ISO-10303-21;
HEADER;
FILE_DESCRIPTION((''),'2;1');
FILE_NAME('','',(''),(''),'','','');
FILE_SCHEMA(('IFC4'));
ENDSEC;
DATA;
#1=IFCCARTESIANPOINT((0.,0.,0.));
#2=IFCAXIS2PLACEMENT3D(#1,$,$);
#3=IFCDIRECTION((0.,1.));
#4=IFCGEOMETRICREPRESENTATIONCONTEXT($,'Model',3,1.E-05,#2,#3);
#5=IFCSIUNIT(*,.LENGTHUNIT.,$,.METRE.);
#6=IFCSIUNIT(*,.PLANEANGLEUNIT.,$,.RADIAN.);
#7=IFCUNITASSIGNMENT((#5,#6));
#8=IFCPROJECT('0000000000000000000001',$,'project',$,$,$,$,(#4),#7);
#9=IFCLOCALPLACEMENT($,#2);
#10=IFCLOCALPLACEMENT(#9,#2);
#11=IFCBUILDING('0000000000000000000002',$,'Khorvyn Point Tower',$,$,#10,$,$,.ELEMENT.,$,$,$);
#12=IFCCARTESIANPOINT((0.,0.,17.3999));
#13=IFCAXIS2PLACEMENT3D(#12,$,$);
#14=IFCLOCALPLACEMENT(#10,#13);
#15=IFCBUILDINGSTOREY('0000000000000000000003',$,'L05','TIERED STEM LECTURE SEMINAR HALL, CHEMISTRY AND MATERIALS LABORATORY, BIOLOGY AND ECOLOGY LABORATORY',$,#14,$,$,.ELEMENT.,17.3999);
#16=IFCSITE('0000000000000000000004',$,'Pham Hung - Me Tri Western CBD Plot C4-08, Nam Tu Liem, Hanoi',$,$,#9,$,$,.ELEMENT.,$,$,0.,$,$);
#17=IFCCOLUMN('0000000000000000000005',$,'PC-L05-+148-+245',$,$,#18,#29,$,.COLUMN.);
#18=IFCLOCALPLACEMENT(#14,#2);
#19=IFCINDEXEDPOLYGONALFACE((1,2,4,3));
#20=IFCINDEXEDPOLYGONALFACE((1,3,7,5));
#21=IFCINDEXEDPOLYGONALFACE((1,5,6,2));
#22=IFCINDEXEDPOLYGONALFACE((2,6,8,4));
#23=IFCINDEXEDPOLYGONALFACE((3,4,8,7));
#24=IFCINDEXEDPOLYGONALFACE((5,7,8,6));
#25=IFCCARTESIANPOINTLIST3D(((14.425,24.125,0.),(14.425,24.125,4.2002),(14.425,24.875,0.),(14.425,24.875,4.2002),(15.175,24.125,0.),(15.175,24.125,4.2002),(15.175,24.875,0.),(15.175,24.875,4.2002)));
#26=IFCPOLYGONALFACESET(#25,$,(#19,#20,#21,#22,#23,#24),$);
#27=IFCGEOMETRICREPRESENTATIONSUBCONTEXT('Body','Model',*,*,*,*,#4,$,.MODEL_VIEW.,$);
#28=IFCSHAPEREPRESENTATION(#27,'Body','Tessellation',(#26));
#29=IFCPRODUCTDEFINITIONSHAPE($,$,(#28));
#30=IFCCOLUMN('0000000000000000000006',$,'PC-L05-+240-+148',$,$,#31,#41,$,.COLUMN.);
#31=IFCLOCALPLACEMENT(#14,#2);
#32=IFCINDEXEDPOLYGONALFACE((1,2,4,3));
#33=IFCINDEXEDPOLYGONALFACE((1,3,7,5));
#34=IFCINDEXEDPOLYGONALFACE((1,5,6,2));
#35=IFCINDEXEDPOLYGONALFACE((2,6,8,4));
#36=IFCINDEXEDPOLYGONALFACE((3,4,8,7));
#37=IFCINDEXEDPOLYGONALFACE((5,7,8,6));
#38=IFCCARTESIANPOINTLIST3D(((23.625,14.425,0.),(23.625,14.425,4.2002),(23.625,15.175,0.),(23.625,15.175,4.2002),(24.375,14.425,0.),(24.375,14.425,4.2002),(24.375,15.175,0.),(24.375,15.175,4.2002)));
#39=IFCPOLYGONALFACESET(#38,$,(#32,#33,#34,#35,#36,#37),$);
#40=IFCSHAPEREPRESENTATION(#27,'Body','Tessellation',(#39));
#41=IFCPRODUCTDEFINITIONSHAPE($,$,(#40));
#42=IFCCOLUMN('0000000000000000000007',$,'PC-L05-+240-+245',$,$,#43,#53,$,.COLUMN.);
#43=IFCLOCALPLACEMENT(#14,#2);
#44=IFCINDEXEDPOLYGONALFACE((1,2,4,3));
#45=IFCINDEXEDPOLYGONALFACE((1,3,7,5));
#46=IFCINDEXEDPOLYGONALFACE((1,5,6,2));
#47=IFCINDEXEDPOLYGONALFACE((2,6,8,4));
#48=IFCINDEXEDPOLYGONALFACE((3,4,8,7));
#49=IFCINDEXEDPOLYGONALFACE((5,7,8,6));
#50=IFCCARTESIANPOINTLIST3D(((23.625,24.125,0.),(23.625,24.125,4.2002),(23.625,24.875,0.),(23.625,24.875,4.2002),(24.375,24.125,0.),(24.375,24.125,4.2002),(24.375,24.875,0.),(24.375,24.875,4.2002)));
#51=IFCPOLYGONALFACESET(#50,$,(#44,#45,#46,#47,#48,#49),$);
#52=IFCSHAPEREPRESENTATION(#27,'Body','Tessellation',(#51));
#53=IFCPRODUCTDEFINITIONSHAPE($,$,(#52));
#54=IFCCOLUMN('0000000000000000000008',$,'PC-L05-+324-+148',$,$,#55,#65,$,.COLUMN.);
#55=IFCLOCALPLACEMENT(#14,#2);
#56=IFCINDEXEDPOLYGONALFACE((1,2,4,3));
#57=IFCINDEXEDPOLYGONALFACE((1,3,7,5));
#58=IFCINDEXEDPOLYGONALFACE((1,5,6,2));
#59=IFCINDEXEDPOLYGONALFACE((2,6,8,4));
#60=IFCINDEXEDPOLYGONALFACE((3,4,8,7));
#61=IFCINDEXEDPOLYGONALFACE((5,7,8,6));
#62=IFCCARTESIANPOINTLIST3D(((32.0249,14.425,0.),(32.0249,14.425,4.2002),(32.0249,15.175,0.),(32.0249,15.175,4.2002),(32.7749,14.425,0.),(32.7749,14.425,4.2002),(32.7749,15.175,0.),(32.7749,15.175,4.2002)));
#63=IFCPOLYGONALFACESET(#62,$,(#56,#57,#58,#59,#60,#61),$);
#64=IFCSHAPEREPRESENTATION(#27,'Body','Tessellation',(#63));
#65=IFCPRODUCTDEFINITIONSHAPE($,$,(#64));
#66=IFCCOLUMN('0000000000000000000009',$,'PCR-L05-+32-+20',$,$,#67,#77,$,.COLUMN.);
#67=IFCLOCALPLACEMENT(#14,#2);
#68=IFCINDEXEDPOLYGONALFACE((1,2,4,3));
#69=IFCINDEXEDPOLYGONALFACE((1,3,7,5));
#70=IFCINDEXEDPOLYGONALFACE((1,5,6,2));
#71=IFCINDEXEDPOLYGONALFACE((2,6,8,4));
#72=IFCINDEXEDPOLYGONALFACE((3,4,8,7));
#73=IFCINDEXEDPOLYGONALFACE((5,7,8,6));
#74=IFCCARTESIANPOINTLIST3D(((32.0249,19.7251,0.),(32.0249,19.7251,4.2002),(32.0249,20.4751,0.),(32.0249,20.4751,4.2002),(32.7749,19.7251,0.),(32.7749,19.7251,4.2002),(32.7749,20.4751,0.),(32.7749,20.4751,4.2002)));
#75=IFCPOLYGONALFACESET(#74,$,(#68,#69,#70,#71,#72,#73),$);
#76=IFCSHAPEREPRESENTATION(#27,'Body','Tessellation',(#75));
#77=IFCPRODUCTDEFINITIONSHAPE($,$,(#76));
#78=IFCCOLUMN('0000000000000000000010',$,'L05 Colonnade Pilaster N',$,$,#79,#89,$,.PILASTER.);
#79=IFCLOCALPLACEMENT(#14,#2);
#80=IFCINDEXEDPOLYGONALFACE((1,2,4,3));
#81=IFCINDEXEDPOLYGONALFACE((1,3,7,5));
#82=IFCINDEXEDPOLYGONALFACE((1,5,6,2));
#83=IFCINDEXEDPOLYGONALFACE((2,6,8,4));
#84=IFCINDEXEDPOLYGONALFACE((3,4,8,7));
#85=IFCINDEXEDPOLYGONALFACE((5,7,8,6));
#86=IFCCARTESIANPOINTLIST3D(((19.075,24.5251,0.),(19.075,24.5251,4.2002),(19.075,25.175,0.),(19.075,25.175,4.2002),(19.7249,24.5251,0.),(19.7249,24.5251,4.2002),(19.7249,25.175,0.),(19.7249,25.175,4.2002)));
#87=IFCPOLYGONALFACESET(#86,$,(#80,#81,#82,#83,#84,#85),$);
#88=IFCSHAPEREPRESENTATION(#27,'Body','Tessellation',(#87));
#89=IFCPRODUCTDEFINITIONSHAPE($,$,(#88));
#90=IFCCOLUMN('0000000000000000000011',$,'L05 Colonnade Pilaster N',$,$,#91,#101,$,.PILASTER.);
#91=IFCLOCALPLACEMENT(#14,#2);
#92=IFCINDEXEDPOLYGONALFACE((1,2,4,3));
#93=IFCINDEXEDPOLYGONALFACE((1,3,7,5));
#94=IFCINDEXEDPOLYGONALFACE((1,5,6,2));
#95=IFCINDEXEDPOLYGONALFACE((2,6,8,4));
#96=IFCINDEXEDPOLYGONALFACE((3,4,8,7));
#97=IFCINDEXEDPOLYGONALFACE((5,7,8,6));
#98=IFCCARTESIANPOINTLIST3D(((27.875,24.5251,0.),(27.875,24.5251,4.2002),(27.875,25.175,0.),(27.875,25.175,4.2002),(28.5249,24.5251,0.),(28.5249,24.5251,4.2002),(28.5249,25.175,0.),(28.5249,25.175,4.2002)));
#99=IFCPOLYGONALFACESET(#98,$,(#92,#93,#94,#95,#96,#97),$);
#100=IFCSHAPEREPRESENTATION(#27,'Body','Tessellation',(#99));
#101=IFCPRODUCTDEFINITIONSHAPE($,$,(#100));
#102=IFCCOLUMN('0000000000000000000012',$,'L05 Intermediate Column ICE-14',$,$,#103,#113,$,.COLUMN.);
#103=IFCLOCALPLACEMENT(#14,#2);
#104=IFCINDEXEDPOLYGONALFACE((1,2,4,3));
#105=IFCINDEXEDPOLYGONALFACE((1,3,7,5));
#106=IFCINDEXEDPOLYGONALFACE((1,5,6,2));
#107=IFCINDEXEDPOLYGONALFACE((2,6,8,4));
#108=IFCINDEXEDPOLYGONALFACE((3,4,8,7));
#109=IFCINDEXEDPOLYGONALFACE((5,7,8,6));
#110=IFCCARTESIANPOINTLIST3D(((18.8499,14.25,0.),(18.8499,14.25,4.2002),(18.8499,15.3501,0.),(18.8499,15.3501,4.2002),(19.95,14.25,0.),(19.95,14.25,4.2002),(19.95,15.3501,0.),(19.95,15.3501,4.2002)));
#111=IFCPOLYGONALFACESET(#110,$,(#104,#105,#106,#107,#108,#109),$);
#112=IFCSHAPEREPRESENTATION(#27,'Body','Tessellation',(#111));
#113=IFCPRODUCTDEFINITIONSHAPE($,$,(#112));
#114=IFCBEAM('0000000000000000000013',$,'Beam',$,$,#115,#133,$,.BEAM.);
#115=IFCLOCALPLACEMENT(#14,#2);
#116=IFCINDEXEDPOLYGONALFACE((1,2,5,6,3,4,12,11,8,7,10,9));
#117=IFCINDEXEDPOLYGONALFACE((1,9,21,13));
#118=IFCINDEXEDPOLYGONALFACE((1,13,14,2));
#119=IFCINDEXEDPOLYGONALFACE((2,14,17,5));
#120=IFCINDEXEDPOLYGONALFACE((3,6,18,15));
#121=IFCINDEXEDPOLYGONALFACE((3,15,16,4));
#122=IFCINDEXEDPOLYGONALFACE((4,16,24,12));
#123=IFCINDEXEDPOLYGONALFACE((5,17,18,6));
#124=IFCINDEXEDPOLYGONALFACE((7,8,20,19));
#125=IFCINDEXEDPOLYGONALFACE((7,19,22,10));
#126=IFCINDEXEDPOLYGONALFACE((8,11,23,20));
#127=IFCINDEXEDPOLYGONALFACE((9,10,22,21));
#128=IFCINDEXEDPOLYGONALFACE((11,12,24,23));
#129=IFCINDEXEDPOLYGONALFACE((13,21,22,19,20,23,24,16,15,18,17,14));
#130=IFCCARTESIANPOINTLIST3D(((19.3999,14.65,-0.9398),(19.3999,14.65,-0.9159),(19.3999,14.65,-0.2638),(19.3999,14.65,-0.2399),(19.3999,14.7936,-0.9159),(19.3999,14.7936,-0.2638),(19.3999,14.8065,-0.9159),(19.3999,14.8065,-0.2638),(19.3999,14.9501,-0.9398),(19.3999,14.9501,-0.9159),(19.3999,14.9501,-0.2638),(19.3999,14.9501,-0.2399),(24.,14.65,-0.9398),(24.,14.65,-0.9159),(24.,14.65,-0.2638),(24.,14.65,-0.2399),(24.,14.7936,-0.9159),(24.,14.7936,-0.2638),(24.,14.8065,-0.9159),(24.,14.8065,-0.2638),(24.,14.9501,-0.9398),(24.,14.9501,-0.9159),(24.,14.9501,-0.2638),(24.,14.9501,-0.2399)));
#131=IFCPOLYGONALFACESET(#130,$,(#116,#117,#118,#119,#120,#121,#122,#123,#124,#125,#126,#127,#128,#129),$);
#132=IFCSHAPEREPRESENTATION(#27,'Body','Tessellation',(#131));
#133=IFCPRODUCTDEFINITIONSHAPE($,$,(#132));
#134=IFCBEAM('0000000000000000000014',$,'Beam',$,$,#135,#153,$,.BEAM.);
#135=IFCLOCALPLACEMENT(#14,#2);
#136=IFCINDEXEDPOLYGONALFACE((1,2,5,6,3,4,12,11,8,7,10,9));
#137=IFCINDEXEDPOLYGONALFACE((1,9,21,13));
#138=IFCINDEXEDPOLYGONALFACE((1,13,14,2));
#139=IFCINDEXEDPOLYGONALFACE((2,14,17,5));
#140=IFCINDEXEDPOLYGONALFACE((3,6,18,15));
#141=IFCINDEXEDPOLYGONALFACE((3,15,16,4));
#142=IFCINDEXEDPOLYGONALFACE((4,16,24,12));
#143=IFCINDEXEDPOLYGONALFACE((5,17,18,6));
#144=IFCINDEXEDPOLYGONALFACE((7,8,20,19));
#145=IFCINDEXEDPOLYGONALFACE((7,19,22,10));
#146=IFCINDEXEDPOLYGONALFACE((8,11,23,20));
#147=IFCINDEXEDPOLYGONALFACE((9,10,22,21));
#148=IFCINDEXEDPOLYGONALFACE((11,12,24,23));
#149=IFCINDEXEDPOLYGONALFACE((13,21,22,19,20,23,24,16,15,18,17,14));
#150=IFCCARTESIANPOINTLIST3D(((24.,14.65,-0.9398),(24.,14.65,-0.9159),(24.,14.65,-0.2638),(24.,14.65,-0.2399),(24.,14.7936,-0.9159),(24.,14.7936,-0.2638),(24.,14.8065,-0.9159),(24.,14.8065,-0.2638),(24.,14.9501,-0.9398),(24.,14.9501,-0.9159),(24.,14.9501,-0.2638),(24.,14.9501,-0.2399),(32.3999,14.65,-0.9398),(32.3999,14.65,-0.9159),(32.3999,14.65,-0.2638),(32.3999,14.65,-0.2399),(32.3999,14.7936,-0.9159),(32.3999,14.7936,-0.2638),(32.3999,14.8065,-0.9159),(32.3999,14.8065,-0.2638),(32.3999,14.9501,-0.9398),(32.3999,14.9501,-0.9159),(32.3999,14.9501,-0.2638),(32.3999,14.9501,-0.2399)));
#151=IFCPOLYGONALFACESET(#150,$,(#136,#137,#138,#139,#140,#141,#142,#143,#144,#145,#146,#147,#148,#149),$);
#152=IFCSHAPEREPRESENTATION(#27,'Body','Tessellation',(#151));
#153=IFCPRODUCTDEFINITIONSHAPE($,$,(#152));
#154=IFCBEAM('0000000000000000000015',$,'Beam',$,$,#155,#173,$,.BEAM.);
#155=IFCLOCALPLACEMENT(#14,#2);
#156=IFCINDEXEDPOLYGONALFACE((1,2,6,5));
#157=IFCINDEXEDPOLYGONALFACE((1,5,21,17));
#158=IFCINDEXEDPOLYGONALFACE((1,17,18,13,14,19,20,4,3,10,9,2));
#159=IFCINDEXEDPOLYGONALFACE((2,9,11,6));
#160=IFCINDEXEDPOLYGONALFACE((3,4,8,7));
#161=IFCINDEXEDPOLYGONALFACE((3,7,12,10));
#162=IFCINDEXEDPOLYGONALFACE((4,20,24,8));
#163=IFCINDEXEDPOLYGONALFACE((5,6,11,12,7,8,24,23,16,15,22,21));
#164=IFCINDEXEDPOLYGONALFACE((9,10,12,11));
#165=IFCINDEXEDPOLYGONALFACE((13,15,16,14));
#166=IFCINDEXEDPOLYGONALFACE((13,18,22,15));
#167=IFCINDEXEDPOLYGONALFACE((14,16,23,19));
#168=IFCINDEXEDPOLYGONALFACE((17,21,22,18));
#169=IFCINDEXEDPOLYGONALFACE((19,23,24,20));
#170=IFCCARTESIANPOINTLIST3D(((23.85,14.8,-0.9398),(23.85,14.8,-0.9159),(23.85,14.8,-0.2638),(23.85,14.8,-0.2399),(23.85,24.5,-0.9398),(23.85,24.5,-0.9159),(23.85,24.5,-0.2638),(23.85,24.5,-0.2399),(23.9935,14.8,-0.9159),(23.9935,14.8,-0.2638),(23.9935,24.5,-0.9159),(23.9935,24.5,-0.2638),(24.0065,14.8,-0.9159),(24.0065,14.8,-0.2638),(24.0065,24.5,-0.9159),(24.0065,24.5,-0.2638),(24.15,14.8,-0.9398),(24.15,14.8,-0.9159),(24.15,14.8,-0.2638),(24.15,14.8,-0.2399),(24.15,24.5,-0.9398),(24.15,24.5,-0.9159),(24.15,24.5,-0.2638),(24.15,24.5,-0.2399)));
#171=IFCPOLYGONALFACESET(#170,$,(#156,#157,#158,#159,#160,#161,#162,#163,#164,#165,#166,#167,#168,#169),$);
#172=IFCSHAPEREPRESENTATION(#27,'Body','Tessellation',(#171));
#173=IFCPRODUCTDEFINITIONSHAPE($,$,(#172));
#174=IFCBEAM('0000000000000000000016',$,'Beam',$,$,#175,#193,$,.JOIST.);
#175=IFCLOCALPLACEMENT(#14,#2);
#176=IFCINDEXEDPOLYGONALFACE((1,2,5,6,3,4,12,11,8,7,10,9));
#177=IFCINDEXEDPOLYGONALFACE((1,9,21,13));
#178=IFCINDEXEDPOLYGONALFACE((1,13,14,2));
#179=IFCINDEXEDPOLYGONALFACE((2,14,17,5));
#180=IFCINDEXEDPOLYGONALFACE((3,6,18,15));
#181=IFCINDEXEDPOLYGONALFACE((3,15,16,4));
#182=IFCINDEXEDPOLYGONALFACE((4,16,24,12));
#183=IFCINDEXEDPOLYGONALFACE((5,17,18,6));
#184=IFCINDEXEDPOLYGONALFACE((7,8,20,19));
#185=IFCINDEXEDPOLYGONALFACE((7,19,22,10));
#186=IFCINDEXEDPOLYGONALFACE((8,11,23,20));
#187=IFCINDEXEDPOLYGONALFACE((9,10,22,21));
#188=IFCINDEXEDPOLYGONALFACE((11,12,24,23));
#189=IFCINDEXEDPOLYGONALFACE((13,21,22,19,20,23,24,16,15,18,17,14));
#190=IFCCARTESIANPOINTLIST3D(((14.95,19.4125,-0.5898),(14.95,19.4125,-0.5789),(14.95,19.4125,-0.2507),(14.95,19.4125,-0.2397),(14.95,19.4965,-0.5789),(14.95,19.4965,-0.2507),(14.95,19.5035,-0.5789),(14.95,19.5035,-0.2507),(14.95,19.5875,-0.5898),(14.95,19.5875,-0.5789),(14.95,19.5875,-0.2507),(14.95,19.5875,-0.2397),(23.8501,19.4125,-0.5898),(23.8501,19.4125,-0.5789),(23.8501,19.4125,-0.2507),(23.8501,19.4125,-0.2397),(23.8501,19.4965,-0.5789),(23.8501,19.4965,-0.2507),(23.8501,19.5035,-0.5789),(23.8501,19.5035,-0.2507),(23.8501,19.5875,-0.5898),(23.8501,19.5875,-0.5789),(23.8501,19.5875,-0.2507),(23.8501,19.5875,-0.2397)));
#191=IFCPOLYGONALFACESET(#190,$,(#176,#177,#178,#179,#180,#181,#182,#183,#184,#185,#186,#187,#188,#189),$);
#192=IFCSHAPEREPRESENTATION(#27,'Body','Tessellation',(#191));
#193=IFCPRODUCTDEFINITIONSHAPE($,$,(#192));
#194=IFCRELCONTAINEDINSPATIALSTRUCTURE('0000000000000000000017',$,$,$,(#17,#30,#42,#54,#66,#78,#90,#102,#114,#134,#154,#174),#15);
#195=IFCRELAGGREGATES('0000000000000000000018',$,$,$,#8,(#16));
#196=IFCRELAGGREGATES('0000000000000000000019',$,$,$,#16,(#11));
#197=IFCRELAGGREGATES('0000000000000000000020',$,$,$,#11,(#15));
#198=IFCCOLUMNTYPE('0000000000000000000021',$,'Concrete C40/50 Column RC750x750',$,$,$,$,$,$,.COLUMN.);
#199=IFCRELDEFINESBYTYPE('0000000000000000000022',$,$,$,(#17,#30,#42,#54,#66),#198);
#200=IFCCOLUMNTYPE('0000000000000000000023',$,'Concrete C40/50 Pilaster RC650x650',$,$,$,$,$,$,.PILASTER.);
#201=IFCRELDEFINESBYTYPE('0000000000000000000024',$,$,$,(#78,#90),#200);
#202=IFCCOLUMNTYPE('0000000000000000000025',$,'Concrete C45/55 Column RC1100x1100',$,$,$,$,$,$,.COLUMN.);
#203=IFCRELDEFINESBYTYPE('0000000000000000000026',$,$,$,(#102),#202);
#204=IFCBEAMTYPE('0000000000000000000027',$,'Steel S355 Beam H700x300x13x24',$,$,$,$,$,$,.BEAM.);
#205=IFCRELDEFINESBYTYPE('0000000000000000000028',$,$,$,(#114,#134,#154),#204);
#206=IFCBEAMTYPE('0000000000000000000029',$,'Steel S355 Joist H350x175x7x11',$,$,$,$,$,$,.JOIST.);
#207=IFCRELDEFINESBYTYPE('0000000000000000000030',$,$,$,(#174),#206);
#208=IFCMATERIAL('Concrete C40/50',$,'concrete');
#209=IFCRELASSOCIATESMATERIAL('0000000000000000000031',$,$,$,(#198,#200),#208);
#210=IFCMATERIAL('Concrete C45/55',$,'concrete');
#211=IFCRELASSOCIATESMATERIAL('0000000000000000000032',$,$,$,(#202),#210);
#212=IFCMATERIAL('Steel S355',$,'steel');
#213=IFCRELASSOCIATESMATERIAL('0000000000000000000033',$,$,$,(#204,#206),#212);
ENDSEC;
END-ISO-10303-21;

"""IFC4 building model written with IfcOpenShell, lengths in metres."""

from ifc_helpers import new_model, si_unit, direction, frame, origin, origin_2d, place, context, subcontext, project, spatial, rectangle, i_section, extrude, material, material_profile, profile_set, type_object, element, save


model = new_model("IFC4")

# Units and contexts
model_context = context("Model", 3, precision=1e-05, world=origin(), true_north=direction((0.0, 1.0)))
body_context = subcontext(model_context, "Body", "Model", "MODEL_VIEW")
ifc_project = project(units=[si_unit("LENGTHUNIT", "METRE"), si_unit("PLANEANGLEUNIT", "RADIAN")], contexts=[model_context])

# Site, building, storey
site_placement = place(None, origin())
site = spatial("IfcSite", under=ifc_project, at=site_placement, Name="Pham Hung - Me Tri Western CBD Plot C4-08, Nam Tu Liem, Hanoi", CompositionType="ELEMENT", RefElevation=0.0)
building_placement = place(site_placement, origin())
building = spatial("IfcBuilding", under=site, at=building_placement, Name="Khorvyn Point Tower", CompositionType="ELEMENT")
storey_placement = place(building_placement, frame((0.0, 0.0, 17.3999)))
storey = spatial("IfcBuildingStorey", under=building, at=storey_placement, Name="L05", Description="TIERED STEM LECTURE SEMINAR HALL, CHEMISTRY AND MATERIALS LABORATORY, BIOLOGY AND ECOLOGY LABORATORY", CompositionType="ELEMENT", Elevation=17.3999)

# Columns
ifc_material_1 = material(Name="Concrete C40/50", Category="concrete")
ifc_material_profile_1 = material_profile(ifc_material_1, rectangle(XDim=0.75, YDim=0.75, at=origin_2d()))
ifc_profile_set_1 = profile_set([ifc_material_profile_1], Name="Concrete C40/50 RC750x750")
column_type_1 = type_object("IfcColumnType", Name="Concrete C40/50 Column RC750x750", PredefinedType="COLUMN", material=ifc_profile_set_1)
for number, where, z_axis, x_axis, name in (
    (1, (14.8, 24.5, 0.0), (0.0, 0.0, 1.0), (1.0, 0.0, 0.0), "PC-L05-+148-+245"),
    (2, (24.0, 14.8, 0.0), (0.0, 0.0, 1.0), (1.0, 0.0, 0.0), "PC-L05-+240-+148"),
    (3, (24.0, 24.5, 0.0), (0.0, 0.0, 1.0), (1.0, 0.0, 0.0), "PC-L05-+240-+245"),
    (4, (32.3999, 14.8, 0.0), (0.0, 0.0, 1.0), (1.0, 0.0, 0.0), "PC-L05-+324-+148"),
    (5, (32.3999, 20.1001, 0.0), (0.0, 0.0, 1.0), (1.0, 0.0, 0.0), "PCR-L05-+32-+20"),
):
    element("IfcColumn", number, at=place(storey_placement, frame(where, z_axis=z_axis, x_axis=x_axis)), inside=storey, type_object=column_type_1, Name=name, PredefinedType="COLUMN", context=body_context, shape_type="SweptSolid", body=[
        extrude(rectangle(XDim=0.75, YDim=0.75, at=origin_2d()), origin(), (0.0, 0.0, 1.0), 4.2002),
    ])
ifc_material_profile_2 = material_profile(ifc_material_1, rectangle(XDim=0.6499, YDim=0.6499, at=origin_2d()))
ifc_profile_set_2 = profile_set([ifc_material_profile_2], Name="Concrete C40/50 RC650x650")
column_type_2 = type_object("IfcColumnType", Name="Concrete C40/50 Pilaster RC650x650", PredefinedType="PILASTER", material=ifc_profile_set_2)
for number, where, z_axis, x_axis, name in (
    (6, (19.3999, 24.8501, 0.0), (0.0, 0.0, 1.0), (1.0, 0.0, 0.0), "L05 Colonnade Pilaster N"),
    (7, (28.2, 24.8501, 0.0), (0.0, 0.0, 1.0), (1.0, 0.0, 0.0), "L05 Colonnade Pilaster N"),
):
    element("IfcColumn", number, at=place(storey_placement, frame(where, z_axis=z_axis, x_axis=x_axis)), inside=storey, type_object=column_type_2, Name=name, PredefinedType="PILASTER", context=body_context, shape_type="SweptSolid", body=[
        extrude(rectangle(XDim=0.6499, YDim=0.6499, at=origin_2d()), origin(), (0.0, 0.0, 1.0), 4.2002),
    ])
ifc_material_2 = material(Name="Concrete C45/55", Category="concrete")
ifc_material_profile_3 = material_profile(ifc_material_2, rectangle(XDim=1.1001, YDim=1.1001, at=origin_2d()))
ifc_profile_set_3 = profile_set([ifc_material_profile_3], Name="Concrete C45/55 RC1100x1100")
column_type_3 = type_object("IfcColumnType", Name="Concrete C45/55 Column RC1100x1100", PredefinedType="COLUMN", material=ifc_profile_set_3)
column_placement = place(storey_placement, frame((19.3999, 14.8, 0.0), z_axis=(0.0, 0.0, 1.0), x_axis=(1.0, 0.0, 0.0)))
element("IfcColumn", 8, at=column_placement, inside=storey, type_object=column_type_3, Name="L05 Intermediate Column ICE-14", PredefinedType="COLUMN", context=body_context, shape_type="SweptSolid", body=[
    extrude(rectangle(XDim=1.1001, YDim=1.1001, at=origin_2d()), origin(), (0.0, 0.0, 1.0), 4.2002),
])

# Beams
ifc_material_3 = material(Name="Steel S355", Category="steel")
ifc_material_profile_4 = material_profile(ifc_material_3, i_section(OverallWidth=0.3, OverallDepth=0.7, WebThickness=0.0129, FlangeThickness=0.0239, at=origin_2d()))
ifc_profile_set_4 = profile_set([ifc_material_profile_4], Name="Steel S355 H700x300x13x24")
beam_type_1 = type_object("IfcBeamType", Name="Steel S355 Beam H700x300x13x24", PredefinedType="BEAM", material=ifc_profile_set_4)
beam_1_placement = place(storey_placement, frame((19.3999, 14.8, -0.5898), z_axis=(1.0, 0.0, 0.0), x_axis=(0.0, 1.0, 0.0)))
element("IfcBeam", 9, at=beam_1_placement, inside=storey, type_object=beam_type_1, Name="Beam", PredefinedType="BEAM", context=body_context, shape_type="SweptSolid", body=[
    extrude(i_section(OverallWidth=0.3, OverallDepth=0.7, WebThickness=0.0129, FlangeThickness=0.0239, at=origin_2d()), origin(), (0.0, 0.0, 1.0), 4.6001),
])
beam_2_placement = place(storey_placement, frame((24.0, 14.8, -0.5898), z_axis=(1.0, 0.0, 0.0), x_axis=(0.0, 1.0, 0.0)))
element("IfcBeam", 10, at=beam_2_placement, inside=storey, type_object=beam_type_1, Name="Beam", PredefinedType="BEAM", context=body_context, shape_type="SweptSolid", body=[
    extrude(i_section(OverallWidth=0.3, OverallDepth=0.7, WebThickness=0.0129, FlangeThickness=0.0239, at=origin_2d()), origin(), (0.0, 0.0, 1.0), 8.3999),
])
beam_3_placement = place(storey_placement, frame((24.0, 14.8, -0.5898), z_axis=(0.0, 1.0, 0.0), x_axis=(-1.0, 0.0, 0.0)))
element("IfcBeam", 11, at=beam_3_placement, inside=storey, type_object=beam_type_1, Name="Beam", PredefinedType="BEAM", context=body_context, shape_type="SweptSolid", body=[
    extrude(i_section(OverallWidth=0.3, OverallDepth=0.7, WebThickness=0.0129, FlangeThickness=0.0239, at=origin_2d()), origin(), (0.0, 0.0, 1.0), 9.7),
])
ifc_material_profile_5 = material_profile(ifc_material_3, i_section(OverallWidth=0.175, OverallDepth=0.3501, WebThickness=0.0071, FlangeThickness=0.011, at=origin_2d()))
ifc_profile_set_5 = profile_set([ifc_material_profile_5], Name="Steel S355 H350x175x7x11")
beam_type_2 = type_object("IfcBeamType", Name="Steel S355 Joist H350x175x7x11", PredefinedType="JOIST", material=ifc_profile_set_5)
beam_4_placement = place(storey_placement, frame((14.95, 19.5, -0.4148), z_axis=(1.0, 0.0, 0.0), x_axis=(0.0, 1.0, 0.0)))
element("IfcBeam", 12, at=beam_4_placement, inside=storey, type_object=beam_type_2, Name="Beam", PredefinedType="JOIST", context=body_context, shape_type="SweptSolid", body=[
    extrude(i_section(OverallWidth=0.175, OverallDepth=0.3501, WebThickness=0.0071, FlangeThickness=0.011, at=origin_2d()), origin(), (0.0, 0.0, 1.0), 8.9001),
])

save(model, "model.ifc")
